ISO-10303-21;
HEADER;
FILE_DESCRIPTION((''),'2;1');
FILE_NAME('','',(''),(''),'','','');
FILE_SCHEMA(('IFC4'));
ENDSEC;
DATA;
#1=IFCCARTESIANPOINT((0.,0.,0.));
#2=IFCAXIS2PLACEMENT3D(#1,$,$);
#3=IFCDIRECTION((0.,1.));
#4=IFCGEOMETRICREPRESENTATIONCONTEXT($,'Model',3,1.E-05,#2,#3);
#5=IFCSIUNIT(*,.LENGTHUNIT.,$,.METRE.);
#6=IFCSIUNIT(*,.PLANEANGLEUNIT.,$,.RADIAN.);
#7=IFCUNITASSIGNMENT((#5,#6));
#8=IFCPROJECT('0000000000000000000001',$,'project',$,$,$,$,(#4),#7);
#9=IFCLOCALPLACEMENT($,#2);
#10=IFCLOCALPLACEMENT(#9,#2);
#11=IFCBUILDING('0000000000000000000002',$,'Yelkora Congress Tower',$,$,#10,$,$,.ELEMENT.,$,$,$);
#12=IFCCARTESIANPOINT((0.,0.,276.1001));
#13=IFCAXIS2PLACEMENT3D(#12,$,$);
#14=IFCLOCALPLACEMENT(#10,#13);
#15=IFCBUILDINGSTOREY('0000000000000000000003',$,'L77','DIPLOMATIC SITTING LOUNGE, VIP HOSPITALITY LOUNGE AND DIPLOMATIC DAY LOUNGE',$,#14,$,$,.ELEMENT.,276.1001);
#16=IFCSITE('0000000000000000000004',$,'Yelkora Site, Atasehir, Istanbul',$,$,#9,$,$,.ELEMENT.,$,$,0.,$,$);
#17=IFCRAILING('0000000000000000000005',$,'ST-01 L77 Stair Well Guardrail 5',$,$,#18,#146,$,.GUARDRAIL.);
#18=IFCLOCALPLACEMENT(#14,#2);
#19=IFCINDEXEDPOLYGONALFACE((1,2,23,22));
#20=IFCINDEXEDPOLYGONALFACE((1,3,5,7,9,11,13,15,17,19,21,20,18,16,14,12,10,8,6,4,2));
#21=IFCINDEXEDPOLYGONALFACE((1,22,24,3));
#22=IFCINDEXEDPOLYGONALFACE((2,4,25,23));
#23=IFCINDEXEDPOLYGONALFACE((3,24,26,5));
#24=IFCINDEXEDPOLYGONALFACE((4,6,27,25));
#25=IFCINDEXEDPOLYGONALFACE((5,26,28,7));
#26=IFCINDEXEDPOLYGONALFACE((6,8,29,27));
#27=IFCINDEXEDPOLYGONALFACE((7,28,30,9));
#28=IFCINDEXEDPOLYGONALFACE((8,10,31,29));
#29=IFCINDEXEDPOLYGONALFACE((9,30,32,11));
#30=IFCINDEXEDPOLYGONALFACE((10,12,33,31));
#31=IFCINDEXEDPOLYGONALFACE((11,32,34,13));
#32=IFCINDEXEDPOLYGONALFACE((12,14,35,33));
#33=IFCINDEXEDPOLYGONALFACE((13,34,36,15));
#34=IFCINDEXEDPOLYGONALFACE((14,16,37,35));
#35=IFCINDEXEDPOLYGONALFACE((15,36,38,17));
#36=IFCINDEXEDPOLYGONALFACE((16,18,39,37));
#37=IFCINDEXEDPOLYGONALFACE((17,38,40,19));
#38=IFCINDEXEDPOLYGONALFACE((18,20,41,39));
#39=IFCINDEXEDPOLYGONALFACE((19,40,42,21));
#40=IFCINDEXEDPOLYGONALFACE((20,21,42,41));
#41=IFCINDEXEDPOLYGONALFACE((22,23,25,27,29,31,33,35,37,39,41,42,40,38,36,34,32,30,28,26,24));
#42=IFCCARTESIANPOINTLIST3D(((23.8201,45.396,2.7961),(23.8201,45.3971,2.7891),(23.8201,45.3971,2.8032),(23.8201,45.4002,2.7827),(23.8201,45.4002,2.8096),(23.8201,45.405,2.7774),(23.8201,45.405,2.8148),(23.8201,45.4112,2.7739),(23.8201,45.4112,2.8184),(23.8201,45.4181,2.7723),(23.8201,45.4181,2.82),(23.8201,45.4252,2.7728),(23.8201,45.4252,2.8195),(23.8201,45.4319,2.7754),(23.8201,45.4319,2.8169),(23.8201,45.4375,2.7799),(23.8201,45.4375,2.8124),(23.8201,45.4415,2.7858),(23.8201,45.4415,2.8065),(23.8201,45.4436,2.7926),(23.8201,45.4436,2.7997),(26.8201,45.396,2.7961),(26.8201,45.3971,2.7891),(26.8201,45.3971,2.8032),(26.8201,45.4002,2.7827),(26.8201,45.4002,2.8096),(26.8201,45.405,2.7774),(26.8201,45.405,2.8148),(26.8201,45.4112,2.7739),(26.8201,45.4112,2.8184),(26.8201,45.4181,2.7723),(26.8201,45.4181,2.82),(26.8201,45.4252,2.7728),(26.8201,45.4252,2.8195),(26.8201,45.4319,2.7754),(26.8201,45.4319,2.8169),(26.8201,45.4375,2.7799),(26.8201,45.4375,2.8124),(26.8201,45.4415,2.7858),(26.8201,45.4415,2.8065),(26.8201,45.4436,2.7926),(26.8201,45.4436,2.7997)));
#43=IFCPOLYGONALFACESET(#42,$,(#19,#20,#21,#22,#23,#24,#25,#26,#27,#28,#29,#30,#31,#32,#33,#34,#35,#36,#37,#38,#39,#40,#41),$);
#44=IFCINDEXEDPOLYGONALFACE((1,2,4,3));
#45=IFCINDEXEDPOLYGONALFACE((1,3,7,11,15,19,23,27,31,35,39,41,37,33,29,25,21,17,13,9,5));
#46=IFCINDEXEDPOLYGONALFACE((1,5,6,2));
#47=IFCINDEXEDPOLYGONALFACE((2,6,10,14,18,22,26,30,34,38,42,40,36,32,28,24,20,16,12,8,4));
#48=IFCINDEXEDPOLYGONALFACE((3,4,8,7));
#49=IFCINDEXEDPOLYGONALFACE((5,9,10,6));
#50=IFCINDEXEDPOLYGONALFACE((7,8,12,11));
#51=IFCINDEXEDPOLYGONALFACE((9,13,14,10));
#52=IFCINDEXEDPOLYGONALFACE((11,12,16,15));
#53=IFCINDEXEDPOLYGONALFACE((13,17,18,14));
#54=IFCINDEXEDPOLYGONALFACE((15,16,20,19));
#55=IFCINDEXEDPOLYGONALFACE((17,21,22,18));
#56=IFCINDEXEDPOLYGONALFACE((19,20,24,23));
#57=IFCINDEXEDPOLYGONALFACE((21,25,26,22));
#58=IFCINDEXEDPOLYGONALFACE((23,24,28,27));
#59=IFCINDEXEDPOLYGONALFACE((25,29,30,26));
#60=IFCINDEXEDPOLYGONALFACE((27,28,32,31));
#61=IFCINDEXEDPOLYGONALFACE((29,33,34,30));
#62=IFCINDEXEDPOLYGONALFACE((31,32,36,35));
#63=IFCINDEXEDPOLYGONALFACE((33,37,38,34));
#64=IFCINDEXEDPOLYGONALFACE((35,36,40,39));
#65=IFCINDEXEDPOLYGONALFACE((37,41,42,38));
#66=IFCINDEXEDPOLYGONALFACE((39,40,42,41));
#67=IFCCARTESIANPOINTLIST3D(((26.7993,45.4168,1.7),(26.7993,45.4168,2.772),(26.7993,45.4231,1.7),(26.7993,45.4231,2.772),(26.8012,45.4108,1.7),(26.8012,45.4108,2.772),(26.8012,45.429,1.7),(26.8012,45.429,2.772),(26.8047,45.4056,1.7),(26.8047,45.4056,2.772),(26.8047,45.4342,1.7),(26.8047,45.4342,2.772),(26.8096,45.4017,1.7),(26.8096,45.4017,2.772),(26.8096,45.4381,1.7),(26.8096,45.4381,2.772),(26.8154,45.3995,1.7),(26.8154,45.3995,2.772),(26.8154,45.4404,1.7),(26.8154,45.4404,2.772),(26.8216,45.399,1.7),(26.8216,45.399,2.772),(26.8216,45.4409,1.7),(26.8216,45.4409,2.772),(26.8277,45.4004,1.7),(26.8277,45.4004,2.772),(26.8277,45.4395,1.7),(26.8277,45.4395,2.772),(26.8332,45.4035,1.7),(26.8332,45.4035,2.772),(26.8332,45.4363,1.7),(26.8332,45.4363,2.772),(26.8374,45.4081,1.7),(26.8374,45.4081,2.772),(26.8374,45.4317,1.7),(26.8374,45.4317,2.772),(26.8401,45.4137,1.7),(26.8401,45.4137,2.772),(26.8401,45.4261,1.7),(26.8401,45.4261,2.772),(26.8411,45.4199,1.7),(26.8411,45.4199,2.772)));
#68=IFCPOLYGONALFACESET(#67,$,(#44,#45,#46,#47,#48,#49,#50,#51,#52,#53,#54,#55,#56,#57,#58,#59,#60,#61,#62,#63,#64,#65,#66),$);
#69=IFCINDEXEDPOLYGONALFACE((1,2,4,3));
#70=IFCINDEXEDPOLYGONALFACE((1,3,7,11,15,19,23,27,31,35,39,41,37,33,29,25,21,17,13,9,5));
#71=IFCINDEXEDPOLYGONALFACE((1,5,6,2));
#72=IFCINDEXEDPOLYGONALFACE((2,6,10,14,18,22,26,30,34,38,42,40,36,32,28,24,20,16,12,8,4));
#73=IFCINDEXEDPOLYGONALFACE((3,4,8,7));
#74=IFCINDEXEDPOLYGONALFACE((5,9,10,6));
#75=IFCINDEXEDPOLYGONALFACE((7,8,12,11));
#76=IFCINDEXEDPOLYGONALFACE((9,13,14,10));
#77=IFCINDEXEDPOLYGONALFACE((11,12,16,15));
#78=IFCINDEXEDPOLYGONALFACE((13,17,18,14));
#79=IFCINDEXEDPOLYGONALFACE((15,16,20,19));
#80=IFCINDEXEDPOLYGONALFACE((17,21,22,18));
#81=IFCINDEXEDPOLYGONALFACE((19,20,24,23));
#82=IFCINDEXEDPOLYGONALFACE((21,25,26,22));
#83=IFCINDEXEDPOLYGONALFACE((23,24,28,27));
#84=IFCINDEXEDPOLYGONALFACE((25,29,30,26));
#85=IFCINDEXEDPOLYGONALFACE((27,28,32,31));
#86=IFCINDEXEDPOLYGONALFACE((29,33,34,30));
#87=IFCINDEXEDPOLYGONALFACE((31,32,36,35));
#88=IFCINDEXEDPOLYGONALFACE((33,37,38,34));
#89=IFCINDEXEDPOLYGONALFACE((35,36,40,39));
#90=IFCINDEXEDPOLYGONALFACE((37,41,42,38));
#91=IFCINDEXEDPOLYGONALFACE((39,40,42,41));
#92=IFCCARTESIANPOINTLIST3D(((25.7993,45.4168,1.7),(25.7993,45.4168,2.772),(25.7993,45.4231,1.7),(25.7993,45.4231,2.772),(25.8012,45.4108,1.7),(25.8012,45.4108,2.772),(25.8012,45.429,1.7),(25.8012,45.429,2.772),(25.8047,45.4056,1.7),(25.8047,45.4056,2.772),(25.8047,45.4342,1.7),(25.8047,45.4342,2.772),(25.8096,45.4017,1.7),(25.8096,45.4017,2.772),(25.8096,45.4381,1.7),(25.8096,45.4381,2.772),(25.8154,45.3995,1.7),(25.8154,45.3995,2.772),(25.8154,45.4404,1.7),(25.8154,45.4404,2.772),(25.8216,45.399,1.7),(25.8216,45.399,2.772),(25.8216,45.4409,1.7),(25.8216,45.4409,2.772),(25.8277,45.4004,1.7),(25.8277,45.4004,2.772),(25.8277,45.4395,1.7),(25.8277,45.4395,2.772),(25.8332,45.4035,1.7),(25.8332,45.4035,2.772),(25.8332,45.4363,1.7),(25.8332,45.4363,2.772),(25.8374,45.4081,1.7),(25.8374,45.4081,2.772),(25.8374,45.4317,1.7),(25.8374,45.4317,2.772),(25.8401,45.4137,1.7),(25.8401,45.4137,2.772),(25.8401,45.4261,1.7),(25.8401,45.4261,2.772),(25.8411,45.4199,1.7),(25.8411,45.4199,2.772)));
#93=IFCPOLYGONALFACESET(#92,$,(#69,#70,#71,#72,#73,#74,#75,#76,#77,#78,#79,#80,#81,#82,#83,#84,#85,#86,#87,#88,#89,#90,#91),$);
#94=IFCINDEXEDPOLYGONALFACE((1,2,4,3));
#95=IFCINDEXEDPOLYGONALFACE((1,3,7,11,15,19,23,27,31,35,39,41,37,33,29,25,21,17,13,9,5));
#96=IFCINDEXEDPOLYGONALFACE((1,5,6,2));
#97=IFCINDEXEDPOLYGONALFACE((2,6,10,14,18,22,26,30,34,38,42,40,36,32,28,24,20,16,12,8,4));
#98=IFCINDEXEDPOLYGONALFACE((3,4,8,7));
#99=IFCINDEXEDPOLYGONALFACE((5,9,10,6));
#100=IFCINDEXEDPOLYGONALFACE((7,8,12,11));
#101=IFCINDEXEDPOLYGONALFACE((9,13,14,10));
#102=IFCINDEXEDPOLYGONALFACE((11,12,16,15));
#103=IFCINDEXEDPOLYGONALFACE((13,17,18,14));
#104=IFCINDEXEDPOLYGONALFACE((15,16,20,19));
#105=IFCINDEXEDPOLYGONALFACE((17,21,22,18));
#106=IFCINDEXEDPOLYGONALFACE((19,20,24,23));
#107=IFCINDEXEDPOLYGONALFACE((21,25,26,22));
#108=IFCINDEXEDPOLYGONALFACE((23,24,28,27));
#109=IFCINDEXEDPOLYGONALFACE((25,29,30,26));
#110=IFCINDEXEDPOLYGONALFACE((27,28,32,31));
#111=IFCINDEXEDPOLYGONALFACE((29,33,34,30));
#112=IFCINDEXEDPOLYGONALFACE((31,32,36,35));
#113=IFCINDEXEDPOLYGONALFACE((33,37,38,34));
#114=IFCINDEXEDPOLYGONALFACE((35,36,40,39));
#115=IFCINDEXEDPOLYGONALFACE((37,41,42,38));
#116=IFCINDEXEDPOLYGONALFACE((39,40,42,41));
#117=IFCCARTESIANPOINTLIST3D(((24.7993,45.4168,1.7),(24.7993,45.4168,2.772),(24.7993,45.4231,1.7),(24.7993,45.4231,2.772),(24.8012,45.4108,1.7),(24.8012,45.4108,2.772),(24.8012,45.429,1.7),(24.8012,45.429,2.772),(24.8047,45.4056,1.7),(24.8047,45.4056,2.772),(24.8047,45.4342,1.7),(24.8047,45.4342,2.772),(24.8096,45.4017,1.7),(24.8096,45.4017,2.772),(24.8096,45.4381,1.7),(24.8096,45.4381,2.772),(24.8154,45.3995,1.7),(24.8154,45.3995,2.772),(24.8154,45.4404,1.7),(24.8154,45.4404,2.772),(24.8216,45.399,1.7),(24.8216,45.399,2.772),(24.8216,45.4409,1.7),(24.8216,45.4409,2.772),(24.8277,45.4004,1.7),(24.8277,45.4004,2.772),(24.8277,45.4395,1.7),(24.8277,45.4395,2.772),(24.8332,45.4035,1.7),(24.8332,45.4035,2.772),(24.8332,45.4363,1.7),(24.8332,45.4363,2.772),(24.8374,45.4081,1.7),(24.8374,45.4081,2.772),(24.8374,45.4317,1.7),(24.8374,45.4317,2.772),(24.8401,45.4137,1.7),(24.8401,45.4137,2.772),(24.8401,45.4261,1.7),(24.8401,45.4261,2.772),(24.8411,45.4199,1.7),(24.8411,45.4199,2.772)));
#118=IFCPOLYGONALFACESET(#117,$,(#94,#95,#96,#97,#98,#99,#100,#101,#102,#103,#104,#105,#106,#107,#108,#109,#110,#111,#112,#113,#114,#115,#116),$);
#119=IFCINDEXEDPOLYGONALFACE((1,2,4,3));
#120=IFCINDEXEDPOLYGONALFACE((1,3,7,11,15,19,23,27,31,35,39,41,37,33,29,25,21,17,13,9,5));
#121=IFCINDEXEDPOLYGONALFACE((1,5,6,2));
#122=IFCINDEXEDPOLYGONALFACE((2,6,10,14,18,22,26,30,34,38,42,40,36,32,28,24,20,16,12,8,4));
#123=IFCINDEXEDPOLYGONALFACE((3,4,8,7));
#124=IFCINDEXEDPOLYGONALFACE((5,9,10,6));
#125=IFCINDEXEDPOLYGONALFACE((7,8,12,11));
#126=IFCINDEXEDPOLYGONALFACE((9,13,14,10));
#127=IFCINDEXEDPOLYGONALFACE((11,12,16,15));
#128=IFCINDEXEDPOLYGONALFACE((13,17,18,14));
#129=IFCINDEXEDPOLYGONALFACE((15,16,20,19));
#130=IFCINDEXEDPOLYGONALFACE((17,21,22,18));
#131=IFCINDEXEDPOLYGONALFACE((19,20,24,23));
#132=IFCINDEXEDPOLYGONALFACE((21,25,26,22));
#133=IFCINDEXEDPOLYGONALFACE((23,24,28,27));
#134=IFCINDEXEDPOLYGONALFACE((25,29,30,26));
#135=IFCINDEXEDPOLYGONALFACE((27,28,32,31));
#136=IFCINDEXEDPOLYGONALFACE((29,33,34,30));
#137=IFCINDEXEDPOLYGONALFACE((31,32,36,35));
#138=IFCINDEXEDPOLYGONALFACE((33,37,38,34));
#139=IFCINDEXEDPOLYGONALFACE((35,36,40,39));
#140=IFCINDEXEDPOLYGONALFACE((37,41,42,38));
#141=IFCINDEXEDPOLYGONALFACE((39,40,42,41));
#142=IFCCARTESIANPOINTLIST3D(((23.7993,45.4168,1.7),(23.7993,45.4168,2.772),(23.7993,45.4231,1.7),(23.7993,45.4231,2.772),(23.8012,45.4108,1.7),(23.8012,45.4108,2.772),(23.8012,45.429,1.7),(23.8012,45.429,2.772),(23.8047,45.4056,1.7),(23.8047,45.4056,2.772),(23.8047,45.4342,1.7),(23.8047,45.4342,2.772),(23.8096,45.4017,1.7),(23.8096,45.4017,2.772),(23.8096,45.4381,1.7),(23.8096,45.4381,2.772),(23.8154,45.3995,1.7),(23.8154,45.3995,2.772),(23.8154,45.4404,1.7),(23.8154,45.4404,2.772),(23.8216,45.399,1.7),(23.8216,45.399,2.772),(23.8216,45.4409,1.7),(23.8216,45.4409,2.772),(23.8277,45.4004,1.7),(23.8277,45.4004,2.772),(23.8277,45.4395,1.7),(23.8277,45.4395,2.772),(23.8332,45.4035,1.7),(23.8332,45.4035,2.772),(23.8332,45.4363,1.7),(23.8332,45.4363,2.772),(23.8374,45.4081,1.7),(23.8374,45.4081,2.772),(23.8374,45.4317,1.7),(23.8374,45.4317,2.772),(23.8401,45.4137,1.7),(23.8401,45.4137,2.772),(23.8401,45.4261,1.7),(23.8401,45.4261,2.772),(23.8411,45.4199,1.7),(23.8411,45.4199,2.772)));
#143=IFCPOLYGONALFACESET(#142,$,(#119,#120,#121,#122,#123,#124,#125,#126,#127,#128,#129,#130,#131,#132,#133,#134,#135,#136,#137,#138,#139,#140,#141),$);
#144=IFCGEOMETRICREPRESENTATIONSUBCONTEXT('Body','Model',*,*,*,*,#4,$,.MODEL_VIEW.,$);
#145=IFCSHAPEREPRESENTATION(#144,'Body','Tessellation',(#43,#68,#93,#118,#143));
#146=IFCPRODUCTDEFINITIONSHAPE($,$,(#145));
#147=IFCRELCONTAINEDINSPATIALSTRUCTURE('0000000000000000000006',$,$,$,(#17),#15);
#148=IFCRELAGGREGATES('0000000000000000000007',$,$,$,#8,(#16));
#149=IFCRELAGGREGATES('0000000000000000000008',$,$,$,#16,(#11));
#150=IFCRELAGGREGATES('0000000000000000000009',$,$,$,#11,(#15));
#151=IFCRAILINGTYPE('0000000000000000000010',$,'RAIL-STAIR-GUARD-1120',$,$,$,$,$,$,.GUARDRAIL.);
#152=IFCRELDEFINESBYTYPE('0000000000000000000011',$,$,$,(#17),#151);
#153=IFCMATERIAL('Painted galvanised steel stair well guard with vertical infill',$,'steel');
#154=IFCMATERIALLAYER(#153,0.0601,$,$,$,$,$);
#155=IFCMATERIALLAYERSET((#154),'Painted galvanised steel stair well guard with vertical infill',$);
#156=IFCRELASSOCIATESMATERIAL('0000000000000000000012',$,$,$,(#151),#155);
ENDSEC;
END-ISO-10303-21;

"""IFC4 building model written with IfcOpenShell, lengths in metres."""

from ifc_helpers import new_model, si_unit, direction, frame, origin, origin_2d, place, context, subcontext, project, spatial, circle, extrude, material, layer, layer_set, type_object, element, save


model = new_model("IFC4")

# Units and contexts
model_context = context("Model", 3, precision=1e-05, world=origin(), true_north=direction((0.0, 1.0)))
body_context = subcontext(model_context, "Body", "Model", "MODEL_VIEW")
ifc_project = project(units=[si_unit("LENGTHUNIT", "METRE"), si_unit("PLANEANGLEUNIT", "RADIAN")], contexts=[model_context])

# Site, building, storey
site_placement = place(None, origin())
site = spatial("IfcSite", under=ifc_project, at=site_placement, Name="Yelkora Site, Atasehir, Istanbul", CompositionType="ELEMENT", RefElevation=0.0)
building_placement = place(site_placement, origin())
building = spatial("IfcBuilding", under=site, at=building_placement, Name="Yelkora Congress Tower", CompositionType="ELEMENT")
storey_placement = place(building_placement, frame((0.0, 0.0, 276.1001)))
storey = spatial("IfcBuildingStorey", under=building, at=storey_placement, Name="L77", Description="DIPLOMATIC SITTING LOUNGE, VIP HOSPITALITY LOUNGE AND DIPLOMATIC DAY LOUNGE", CompositionType="ELEMENT", Elevation=276.1001)

# Railing
ifc_material_1 = material(Name="Painted galvanised steel stair well guard with vertical infill", Category="steel")
ifc_layer_1 = layer(ifc_material_1, 0.0601)
ifc_layer_set_1 = layer_set([ifc_layer_1], Name="Painted galvanised steel stair well guard with vertical infill")
railing_type = type_object("IfcRailingType", Name="RAIL-STAIR-GUARD-1120", PredefinedType="GUARDRAIL", material=ifc_layer_set_1)
railing_1_placement = place(storey_placement, frame((26.8201, 45.4199, 1.7)))
element("IfcRailing", 1, at=railing_1_placement, inside=storey, type_object=railing_type, Name="ST-01 L77 Stair Well Guardrail 5", PredefinedType="GUARDRAIL", context=body_context, shape_type="SweptSolid", body=[
    extrude(circle(Radius=0.0239, at=origin_2d()), frame((0.0, 0.0, 1.0962), z_axis=(-1.0, 0.0, 0.0), x_axis=(0.0, -1.0, 0.0)), (0.0, 0.0, 1.0), 3.0),
    extrude(circle(Radius=0.021, at=origin_2d()), origin(), (0.0, 0.0, 1.0), 1.072),
    extrude(circle(Radius=0.021, at=origin_2d()), frame((-1.0, 0.0, 0.0)), (0.0, 0.0, 1.0), 1.072),
    extrude(circle(Radius=0.021, at=origin_2d()), frame((-2.0, 0.0, 0.0)), (0.0, 0.0, 1.0), 1.072),
    extrude(circle(Radius=0.021, at=origin_2d()), frame((-3.0, 0.0, 0.0)), (0.0, 0.0, 1.0), 1.072),
])

save(model, "model.ifc")
